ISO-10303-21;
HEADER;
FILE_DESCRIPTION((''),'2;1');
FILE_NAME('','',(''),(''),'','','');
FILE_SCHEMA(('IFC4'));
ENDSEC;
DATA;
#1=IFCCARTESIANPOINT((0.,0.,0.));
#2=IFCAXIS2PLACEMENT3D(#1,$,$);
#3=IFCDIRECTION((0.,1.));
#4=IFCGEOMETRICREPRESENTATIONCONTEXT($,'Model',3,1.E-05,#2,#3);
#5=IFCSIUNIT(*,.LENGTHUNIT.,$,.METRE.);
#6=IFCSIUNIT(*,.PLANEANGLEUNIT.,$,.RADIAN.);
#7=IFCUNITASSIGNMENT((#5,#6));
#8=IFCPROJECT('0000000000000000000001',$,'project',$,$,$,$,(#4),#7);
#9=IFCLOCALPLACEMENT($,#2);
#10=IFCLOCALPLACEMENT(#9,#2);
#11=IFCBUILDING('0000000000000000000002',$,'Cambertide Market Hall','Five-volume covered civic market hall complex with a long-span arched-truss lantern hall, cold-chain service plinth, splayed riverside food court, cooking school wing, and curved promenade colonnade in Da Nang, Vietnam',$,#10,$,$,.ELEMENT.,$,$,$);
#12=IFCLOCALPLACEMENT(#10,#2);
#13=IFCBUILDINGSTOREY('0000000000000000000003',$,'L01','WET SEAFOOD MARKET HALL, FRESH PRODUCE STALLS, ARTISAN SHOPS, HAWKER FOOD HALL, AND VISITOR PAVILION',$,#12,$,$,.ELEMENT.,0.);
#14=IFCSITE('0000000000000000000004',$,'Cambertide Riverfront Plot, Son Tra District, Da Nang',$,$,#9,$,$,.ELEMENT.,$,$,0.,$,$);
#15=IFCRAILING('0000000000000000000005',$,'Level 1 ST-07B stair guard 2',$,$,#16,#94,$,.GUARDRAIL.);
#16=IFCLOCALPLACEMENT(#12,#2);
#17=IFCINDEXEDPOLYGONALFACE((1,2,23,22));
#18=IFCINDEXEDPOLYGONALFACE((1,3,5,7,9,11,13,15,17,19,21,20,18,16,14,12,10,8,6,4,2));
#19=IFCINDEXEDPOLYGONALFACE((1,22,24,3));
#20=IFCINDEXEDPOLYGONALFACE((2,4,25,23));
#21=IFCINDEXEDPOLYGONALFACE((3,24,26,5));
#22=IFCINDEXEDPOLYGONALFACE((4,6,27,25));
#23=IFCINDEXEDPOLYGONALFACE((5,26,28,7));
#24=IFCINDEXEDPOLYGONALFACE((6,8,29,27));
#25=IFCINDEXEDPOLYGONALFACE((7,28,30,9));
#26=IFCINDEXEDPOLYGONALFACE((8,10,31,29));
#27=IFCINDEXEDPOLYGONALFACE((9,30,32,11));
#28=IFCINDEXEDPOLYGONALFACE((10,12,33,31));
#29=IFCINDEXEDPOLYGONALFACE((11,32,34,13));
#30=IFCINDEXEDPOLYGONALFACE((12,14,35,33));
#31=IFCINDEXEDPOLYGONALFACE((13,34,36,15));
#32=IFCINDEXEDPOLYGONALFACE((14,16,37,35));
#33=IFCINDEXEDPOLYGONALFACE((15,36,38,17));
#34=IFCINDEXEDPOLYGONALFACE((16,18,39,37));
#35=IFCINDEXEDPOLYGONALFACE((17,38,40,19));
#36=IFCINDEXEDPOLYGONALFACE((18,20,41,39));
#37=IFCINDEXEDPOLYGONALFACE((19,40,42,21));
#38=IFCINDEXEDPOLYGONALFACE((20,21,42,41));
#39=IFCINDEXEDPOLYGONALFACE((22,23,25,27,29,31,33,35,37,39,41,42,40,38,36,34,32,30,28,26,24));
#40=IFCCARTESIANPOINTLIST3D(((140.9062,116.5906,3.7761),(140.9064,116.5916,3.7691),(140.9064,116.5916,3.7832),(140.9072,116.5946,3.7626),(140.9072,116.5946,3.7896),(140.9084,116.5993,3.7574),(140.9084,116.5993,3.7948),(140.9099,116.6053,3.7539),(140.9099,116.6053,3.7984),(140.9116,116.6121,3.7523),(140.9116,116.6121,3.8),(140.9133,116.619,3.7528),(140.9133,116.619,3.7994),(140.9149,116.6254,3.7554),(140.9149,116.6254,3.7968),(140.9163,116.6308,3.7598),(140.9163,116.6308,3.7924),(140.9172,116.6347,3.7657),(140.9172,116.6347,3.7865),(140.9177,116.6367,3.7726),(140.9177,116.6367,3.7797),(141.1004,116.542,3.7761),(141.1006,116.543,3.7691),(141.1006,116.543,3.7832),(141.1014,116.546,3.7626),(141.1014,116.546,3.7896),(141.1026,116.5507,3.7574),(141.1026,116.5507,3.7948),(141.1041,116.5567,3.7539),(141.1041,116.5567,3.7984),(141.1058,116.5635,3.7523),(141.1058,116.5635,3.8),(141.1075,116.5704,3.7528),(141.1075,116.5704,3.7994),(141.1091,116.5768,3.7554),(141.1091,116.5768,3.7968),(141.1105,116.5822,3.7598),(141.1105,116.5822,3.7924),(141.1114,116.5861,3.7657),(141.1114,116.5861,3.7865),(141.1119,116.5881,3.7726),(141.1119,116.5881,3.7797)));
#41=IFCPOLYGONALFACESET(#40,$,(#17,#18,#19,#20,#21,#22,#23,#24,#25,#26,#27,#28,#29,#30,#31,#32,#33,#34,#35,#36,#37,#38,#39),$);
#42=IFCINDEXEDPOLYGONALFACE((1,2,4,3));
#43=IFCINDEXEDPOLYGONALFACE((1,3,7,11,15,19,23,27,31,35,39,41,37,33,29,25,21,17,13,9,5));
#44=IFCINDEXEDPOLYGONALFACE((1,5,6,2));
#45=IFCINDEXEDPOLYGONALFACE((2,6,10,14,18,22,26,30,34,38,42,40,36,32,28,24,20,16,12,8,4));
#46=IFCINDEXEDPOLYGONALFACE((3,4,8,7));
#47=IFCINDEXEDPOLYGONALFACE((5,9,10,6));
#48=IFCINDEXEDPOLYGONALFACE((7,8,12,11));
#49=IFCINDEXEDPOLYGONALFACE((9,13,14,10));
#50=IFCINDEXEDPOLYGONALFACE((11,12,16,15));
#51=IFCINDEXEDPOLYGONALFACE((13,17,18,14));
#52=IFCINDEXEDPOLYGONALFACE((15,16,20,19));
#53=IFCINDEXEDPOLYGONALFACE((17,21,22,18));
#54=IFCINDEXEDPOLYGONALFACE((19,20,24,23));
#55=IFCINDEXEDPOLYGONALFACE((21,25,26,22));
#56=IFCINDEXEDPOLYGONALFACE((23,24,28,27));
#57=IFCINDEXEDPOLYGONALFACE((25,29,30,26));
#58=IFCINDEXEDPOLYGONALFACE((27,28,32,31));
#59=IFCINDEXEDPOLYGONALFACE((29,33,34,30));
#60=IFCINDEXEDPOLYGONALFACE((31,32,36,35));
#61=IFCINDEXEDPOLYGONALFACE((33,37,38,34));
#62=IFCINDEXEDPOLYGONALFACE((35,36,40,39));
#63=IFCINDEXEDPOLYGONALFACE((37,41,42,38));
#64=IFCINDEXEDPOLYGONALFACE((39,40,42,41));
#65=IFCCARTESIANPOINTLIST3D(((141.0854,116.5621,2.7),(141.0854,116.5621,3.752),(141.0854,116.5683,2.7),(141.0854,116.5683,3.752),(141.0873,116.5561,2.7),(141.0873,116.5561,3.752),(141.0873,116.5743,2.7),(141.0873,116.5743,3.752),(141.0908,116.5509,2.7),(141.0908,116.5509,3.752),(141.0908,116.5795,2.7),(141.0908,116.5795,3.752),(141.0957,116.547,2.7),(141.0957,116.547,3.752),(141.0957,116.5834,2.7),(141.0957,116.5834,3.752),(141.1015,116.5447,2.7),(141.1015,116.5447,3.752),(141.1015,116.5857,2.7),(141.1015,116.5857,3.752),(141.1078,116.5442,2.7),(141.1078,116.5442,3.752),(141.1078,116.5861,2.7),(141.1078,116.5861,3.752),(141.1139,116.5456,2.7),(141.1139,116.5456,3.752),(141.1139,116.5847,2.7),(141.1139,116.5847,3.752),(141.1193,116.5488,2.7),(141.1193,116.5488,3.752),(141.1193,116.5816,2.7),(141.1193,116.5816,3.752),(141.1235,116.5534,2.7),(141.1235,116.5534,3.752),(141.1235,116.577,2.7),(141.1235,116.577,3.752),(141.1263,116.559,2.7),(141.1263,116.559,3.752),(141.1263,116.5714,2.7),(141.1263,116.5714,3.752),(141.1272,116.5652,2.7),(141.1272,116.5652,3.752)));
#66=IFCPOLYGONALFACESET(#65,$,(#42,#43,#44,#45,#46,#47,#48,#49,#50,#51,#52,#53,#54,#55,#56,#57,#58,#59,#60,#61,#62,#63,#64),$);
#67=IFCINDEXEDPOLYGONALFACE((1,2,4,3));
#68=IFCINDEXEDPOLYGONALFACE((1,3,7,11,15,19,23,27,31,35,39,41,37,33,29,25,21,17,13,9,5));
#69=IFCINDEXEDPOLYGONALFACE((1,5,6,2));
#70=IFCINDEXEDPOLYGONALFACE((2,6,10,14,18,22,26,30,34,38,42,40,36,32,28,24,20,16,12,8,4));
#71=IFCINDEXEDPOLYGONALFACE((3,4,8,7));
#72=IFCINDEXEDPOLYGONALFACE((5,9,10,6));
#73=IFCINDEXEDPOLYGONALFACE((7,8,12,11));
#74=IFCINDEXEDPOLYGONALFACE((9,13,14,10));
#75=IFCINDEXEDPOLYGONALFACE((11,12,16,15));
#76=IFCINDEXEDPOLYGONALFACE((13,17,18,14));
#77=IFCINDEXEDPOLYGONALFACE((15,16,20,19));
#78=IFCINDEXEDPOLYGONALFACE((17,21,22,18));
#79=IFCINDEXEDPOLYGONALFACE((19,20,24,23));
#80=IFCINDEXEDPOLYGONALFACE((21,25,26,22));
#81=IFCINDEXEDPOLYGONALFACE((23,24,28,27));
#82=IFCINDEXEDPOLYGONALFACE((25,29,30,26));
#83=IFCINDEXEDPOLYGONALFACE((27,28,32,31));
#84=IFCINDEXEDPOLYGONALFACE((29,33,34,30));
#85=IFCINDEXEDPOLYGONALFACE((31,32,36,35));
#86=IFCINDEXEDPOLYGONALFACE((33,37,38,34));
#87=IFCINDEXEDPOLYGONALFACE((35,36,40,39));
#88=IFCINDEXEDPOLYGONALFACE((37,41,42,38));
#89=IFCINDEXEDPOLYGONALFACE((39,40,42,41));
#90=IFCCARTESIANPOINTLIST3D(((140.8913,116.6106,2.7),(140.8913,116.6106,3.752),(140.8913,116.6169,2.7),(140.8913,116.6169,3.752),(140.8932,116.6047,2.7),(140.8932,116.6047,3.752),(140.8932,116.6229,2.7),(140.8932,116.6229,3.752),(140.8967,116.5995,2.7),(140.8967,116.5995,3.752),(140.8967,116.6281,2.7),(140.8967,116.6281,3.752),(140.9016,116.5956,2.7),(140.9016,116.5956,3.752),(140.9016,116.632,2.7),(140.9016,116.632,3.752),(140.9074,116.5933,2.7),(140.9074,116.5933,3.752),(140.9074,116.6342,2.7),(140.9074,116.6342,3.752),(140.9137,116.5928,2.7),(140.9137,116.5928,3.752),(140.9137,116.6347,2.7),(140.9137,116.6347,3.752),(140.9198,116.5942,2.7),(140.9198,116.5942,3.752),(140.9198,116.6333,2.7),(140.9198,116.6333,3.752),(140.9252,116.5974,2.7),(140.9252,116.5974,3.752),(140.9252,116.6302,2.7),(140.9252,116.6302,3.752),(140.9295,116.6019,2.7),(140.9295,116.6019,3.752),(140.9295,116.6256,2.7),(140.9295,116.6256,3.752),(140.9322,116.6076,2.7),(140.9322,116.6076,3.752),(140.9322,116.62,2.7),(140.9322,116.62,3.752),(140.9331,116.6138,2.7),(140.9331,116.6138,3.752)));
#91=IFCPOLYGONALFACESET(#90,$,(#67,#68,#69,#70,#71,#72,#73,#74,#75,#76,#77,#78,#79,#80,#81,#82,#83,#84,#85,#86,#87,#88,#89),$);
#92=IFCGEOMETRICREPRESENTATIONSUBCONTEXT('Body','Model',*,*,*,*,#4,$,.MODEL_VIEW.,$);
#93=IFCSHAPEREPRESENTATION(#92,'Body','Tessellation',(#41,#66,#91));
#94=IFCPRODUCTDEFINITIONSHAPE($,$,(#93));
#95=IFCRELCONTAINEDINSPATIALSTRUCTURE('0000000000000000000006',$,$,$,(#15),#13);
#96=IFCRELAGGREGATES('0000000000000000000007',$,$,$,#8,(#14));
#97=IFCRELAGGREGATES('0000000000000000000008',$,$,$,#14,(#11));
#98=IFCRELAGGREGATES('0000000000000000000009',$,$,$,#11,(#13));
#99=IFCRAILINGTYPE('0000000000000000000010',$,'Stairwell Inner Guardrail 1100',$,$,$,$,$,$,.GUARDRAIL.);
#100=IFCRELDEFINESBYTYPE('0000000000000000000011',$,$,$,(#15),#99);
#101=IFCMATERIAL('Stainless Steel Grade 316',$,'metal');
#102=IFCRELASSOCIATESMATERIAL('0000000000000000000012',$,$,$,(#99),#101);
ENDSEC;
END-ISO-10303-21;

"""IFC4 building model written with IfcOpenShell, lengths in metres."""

from ifc_helpers import new_model, si_unit, direction, frame, origin, origin_2d, place, context, subcontext, project, spatial, circle, extrude, material, type_object, element, save


model = new_model("IFC4")

# Units and contexts
model_context = context("Model", 3, precision=1e-05, world=origin(), true_north=direction((0.0, 1.0)))
body_context = subcontext(model_context, "Body", "Model", "MODEL_VIEW")
ifc_project = project(units=[si_unit("LENGTHUNIT", "METRE"), si_unit("PLANEANGLEUNIT", "RADIAN")], contexts=[model_context])

# Site, building, storey
site_placement = place(None, origin())
site = spatial("IfcSite", under=ifc_project, at=site_placement, Name="Cambertide Riverfront Plot, Son Tra District, Da Nang", CompositionType="ELEMENT", RefElevation=0.0)
building_placement = place(site_placement, origin())
building = spatial("IfcBuilding", under=site, at=building_placement, Name="Cambertide Market Hall", Description="Five-volume covered civic market hall complex with a long-span arched-truss lantern hall, cold-chain service plinth, splayed riverside food court, cooking school wing, and curved promenade colonnade in Da Nang, Vietnam", CompositionType="ELEMENT")
storey_placement = place(building_placement, origin())
storey = spatial("IfcBuildingStorey", under=building, at=storey_placement, Name="L01", Description="WET SEAFOOD MARKET HALL, FRESH PRODUCE STALLS, ARTISAN SHOPS, HAWKER FOOD HALL, AND VISITOR PAVILION", CompositionType="ELEMENT", Elevation=0.0)

# Railing
ifc_material_1 = material(Name="Stainless Steel Grade 316", Category="metal")
railing_type = type_object("IfcRailingType", Name="Stairwell Inner Guardrail 1100", PredefinedType="GUARDRAIL", material=ifc_material_1)
railing_1_placement = place(storey_placement, frame((141.1062, 116.5652, 2.7)))
element("IfcRailing", 1, at=railing_1_placement, inside=storey, type_object=railing_type, Name="Level 1 ST-07B stair guard 2", PredefinedType="GUARDRAIL", context=body_context, shape_type="SweptSolid", body=[
    extrude(circle(Radius=0.0239, at=origin_2d()), frame((0.0, 0.0, 1.0762), z_axis=(-0.970071, 0.242823, 0.0), x_axis=(-0.242823, -0.970071, 0.0)), (0.0, 0.0, 1.0), 0.2002),
    extrude(circle(Radius=0.021, at=origin_2d()), origin(), (0.0, 0.0, 1.0), 1.052),
    extrude(circle(Radius=0.021, at=origin_2d()), frame((-0.1941, 0.0486, 0.0)), (0.0, 0.0, 1.0), 1.052),
])

save(model, "model.ifc")
